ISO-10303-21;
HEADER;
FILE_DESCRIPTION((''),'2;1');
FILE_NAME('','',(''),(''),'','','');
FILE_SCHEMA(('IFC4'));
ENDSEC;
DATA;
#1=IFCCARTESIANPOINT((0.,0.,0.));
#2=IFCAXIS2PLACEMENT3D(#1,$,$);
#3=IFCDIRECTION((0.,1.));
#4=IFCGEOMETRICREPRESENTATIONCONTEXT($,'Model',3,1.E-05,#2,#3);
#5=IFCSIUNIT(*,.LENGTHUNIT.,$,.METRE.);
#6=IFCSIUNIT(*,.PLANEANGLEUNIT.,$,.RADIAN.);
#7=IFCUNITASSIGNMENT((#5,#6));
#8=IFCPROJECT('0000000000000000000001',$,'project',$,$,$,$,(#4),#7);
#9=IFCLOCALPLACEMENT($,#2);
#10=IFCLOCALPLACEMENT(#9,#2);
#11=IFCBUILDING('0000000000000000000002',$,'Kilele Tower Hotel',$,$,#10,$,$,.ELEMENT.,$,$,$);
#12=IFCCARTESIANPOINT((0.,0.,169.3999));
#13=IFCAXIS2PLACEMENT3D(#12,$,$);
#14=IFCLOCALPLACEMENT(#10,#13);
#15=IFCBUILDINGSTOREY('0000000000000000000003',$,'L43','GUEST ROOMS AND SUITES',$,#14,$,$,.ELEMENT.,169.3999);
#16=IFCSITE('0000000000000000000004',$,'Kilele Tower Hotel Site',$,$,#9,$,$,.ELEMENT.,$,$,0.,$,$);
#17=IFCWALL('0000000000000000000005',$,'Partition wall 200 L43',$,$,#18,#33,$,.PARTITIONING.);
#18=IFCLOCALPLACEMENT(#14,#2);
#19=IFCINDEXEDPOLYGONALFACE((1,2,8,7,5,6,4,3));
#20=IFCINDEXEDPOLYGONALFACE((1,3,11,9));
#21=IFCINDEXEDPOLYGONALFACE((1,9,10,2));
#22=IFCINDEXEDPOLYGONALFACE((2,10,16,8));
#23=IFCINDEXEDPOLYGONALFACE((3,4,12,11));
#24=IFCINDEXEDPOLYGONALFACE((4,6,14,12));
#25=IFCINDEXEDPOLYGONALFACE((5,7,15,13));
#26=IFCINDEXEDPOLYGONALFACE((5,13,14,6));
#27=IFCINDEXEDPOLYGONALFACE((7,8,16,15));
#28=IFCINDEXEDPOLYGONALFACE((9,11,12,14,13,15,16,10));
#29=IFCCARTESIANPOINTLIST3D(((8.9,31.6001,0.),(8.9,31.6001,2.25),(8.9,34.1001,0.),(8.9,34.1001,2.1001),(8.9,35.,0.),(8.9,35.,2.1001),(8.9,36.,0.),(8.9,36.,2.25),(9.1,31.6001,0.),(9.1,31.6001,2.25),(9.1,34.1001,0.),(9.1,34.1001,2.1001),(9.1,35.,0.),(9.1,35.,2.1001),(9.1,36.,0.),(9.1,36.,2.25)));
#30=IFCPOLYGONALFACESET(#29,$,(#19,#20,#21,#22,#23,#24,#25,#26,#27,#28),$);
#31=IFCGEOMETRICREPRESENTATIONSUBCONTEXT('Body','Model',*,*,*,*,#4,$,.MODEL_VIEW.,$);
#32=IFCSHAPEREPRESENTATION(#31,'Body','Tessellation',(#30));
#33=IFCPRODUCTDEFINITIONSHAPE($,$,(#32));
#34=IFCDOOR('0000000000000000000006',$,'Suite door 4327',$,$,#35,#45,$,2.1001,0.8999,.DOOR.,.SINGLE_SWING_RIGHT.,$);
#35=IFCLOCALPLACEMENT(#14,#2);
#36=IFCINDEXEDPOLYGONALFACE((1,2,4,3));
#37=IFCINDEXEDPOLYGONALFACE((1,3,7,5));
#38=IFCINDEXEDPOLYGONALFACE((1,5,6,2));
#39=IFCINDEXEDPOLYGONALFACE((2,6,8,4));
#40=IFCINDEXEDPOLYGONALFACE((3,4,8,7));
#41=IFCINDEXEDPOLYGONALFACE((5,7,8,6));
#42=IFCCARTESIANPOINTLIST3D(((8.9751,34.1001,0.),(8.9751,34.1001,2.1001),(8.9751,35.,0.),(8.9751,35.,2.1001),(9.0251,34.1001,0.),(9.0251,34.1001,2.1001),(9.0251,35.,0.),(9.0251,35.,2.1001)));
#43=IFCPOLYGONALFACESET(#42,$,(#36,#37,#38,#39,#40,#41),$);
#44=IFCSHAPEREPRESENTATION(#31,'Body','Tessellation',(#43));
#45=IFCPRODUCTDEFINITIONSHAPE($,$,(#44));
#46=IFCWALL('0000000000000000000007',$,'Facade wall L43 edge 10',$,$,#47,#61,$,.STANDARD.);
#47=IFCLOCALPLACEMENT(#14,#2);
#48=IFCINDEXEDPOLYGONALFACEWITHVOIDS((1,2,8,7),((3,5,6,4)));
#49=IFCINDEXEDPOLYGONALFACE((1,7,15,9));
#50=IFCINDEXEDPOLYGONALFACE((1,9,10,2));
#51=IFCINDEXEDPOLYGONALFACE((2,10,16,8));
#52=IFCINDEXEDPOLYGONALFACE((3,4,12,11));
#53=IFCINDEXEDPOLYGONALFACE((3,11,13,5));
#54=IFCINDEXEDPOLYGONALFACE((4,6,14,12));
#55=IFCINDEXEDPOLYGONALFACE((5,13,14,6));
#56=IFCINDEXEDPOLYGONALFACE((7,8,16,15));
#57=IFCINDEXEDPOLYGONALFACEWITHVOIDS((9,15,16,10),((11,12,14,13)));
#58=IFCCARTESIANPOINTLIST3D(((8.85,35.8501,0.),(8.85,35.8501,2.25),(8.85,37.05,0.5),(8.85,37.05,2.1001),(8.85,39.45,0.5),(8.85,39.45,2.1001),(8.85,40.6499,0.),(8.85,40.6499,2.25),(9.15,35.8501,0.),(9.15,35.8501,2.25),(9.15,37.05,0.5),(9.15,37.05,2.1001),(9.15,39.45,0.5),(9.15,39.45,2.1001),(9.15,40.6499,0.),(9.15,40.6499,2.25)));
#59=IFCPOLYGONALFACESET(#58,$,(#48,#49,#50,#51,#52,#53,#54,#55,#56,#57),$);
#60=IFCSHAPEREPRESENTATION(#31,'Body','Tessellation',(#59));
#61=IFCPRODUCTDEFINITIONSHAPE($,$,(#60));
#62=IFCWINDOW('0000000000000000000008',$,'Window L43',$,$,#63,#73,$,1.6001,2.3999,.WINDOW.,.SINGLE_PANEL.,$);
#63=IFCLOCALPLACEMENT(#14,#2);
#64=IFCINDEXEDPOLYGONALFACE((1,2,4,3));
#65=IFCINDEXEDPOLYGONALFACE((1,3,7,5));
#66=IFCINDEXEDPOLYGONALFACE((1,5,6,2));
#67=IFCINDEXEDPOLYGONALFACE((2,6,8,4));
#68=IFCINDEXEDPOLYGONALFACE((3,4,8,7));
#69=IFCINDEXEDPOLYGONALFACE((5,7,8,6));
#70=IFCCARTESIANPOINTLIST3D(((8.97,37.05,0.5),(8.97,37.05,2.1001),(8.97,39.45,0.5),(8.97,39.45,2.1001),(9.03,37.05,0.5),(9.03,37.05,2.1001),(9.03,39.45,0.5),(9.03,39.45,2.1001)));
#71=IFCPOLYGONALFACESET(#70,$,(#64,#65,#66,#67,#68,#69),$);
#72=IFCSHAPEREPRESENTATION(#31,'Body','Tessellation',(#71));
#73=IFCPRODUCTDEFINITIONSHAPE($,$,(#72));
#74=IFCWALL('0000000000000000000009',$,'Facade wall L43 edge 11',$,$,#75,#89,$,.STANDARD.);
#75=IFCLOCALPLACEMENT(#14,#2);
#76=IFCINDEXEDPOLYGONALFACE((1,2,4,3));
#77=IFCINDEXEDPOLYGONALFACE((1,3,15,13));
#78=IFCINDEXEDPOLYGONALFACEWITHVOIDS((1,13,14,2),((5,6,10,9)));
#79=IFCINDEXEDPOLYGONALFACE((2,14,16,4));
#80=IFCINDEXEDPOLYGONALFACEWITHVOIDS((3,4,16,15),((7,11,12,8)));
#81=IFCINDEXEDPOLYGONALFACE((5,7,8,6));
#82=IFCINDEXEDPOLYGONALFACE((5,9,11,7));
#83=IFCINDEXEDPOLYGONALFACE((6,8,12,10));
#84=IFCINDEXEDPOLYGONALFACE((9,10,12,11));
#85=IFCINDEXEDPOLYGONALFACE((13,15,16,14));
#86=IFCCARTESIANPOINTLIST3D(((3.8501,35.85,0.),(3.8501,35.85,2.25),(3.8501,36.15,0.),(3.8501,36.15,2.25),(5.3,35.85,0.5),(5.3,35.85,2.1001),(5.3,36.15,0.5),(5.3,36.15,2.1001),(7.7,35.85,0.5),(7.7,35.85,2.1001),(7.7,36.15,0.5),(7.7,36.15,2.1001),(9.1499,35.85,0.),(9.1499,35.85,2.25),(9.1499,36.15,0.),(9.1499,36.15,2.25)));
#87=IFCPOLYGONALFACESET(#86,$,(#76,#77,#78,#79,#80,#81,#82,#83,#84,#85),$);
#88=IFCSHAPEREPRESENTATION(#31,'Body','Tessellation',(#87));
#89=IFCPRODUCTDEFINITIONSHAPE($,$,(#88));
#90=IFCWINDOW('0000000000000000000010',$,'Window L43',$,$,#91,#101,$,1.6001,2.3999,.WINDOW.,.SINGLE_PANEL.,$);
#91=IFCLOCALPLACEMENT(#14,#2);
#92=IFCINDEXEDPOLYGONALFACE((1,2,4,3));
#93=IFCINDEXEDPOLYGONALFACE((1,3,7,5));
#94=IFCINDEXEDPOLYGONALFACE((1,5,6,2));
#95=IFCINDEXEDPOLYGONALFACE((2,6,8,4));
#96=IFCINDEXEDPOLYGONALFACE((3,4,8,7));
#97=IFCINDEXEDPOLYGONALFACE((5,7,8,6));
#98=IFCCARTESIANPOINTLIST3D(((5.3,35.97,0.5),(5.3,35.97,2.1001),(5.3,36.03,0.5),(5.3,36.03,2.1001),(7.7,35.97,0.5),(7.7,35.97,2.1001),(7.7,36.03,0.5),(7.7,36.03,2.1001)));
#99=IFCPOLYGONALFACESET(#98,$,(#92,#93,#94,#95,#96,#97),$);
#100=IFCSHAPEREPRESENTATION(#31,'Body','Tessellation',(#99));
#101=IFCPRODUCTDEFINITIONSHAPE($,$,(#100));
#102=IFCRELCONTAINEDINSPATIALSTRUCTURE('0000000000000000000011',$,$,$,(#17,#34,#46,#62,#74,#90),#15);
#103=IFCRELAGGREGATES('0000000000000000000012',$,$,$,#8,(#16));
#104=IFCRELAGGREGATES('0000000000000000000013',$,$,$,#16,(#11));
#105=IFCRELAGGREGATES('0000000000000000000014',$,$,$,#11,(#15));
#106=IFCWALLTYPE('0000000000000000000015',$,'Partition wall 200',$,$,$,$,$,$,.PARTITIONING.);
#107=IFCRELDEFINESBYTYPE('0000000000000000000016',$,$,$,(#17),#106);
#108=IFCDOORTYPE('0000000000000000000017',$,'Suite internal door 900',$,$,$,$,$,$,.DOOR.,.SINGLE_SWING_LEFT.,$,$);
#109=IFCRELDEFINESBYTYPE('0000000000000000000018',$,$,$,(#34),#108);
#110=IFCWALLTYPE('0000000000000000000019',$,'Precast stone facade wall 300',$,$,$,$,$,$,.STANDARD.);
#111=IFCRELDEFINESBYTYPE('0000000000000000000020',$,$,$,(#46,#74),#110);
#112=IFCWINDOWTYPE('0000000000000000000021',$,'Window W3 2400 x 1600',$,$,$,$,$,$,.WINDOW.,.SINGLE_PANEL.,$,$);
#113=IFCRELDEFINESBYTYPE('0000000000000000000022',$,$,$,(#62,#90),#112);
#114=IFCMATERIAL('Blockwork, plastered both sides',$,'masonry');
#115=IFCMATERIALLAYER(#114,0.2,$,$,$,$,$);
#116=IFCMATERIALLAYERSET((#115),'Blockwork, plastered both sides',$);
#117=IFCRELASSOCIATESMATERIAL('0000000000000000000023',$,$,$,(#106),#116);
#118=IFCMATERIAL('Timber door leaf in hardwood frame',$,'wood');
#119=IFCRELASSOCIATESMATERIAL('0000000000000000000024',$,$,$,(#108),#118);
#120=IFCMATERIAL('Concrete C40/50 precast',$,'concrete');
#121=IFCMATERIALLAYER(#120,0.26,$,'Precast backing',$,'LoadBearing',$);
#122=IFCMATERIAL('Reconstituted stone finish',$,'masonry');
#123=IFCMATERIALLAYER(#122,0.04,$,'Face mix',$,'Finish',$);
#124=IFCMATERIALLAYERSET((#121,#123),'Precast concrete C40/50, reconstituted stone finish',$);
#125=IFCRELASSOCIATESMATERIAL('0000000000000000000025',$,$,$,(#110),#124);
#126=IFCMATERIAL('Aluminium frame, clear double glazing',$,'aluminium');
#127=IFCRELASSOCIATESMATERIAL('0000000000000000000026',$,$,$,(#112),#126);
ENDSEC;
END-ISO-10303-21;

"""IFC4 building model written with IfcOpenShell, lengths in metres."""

from ifc_helpers import new_model, si_unit, direction, frame, frame_2d, origin, place, context, subcontext, project, spatial, rectangle, extrude, material, layer, layer_set, type_object, element, fill, save


model = new_model("IFC4")

# Units and contexts
model_context = context("Model", 3, precision=1e-05, world=origin(), true_north=direction((0.0, 1.0)))
body_context = subcontext(model_context, "Body", "Model", "MODEL_VIEW")
ifc_project = project(units=[si_unit("LENGTHUNIT", "METRE"), si_unit("PLANEANGLEUNIT", "RADIAN")], contexts=[model_context])

# Site, building, storey
site_placement = place(None, origin())
site = spatial("IfcSite", under=ifc_project, at=site_placement, Name="Kilele Tower Hotel Site", CompositionType="ELEMENT", RefElevation=0.0)
building_placement = place(site_placement, origin())
building = spatial("IfcBuilding", under=site, at=building_placement, Name="Kilele Tower Hotel", CompositionType="ELEMENT")
storey_placement = place(building_placement, frame((0.0, 0.0, 169.3999)))
storey = spatial("IfcBuildingStorey", under=building, at=storey_placement, Name="L43", Description="GUEST ROOMS AND SUITES", CompositionType="ELEMENT", Elevation=169.3999)

# Wall, opening, door
ifc_material_1 = material(Name="Blockwork, plastered both sides", Category="masonry")
ifc_layer_1 = layer(ifc_material_1, 0.2)
ifc_layer_set_1 = layer_set([ifc_layer_1], Name="Blockwork, plastered both sides")
wall_type_1 = type_object("IfcWallType", Name="Partition wall 200", PredefinedType="PARTITIONING", material=ifc_layer_set_1)
wall_1_placement = place(storey_placement, frame((9.0, 31.6001, 0.0), z_axis=(0.0, 0.0, 1.0), x_axis=(0.0, 1.0, 0.0)))
wall_1 = element("IfcWall", 1, at=wall_1_placement, inside=storey, type_object=wall_type_1, Name="Partition wall 200 L43", PredefinedType="PARTITIONING", context=body_context, shape_type="SweptSolid", body=[
    extrude(rectangle(XDim=4.3999, YDim=0.2, at=frame_2d((2.2, 0.0))), origin(), (0.0, 0.0, 1.0), 2.25),
])
opening_1_placement = place(wall_1_placement, frame((2.5, 0.0, 0.0)))
opening_1 = element("IfcOpeningElement", 2, at=opening_1_placement, cuts=wall_1, PredefinedType="OPENING", context=body_context, shape_type="SweptSolid", body=[
    extrude(rectangle(XDim=0.8999, YDim=2.1001, at=frame_2d((0.45, 1.05))), frame((0.0, 0.1099, 0.0), z_axis=(0.0, -1.0, 0.0), x_axis=(1.0, 0.0, 0.0)), (0.0, 0.0, 1.0), 0.22),
])
ifc_material_2 = material(Name="Timber door leaf in hardwood frame", Category="wood")
door_type_1 = type_object("IfcDoorType", Name="Suite internal door 900", OperationType="SINGLE_SWING_LEFT", PredefinedType="DOOR", material=ifc_material_2)
door_1_placement = place(opening_1_placement, origin())
door_1 = element("IfcDoor", 3, at=door_1_placement, inside=storey, type_object=door_type_1, Name="Suite door 4327", OperationType="SINGLE_SWING_RIGHT", OverallHeight=2.1001, OverallWidth=0.8999, PredefinedType="DOOR", context=body_context, shape_type="SweptSolid", body=[
    extrude(rectangle(XDim=0.8999, YDim=2.1001, at=frame_2d((0.45, 1.05))), frame((0.0, 0.0249, 0.0), z_axis=(0.0, -1.0, 0.0), x_axis=(1.0, 0.0, 0.0)), (0.0, 0.0, 1.0), 0.05),
])
fill(opening_1, door_1)

# Walls, openings, windows
ifc_material_3 = material(Name="Concrete C40/50 precast", Category="concrete")
ifc_layer_2 = layer(ifc_material_3, 0.26, Name="Precast backing", Category="LoadBearing")
ifc_material_4 = material(Name="Reconstituted stone finish", Category="masonry")
ifc_layer_3 = layer(ifc_material_4, 0.04, Name="Face mix", Category="Finish")
ifc_layer_set_2 = layer_set([ifc_layer_2, ifc_layer_3], Name="Precast concrete C40/50, reconstituted stone finish")
wall_type_2 = type_object("IfcWallType", Name="Precast stone facade wall 300", PredefinedType="STANDARD", material=ifc_layer_set_2)
wall_2_placement = place(storey_placement, frame((9.0, 40.6499, 0.0), z_axis=(0.0, 0.0, 1.0), x_axis=(0.0, -1.0, 0.0)))
wall_2 = element("IfcWall", 4, at=wall_2_placement, inside=storey, type_object=wall_type_2, Name="Facade wall L43 edge 10", PredefinedType="STANDARD", context=body_context, shape_type="SweptSolid", body=[
    extrude(rectangle(XDim=4.7998, YDim=0.3, at=frame_2d((2.3999, 0.0))), origin(), (0.0, 0.0, 1.0), 2.25),
])
opening_2_placement = place(wall_2_placement, frame((1.2, 0.0, 0.5)))
opening_2 = element("IfcOpeningElement", 5, at=opening_2_placement, cuts=wall_2, PredefinedType="OPENING", context=body_context, shape_type="SweptSolid", body=[
    extrude(rectangle(XDim=2.3999, YDim=1.6001, at=frame_2d((1.2, 0.8))), frame((0.0, 0.1599, 0.0), z_axis=(0.0, -1.0, 0.0), x_axis=(1.0, 0.0, 0.0)), (0.0, 0.0, 1.0), 0.3201),
])
ifc_material_5 = material(Name="Aluminium frame, clear double glazing", Category="aluminium")
window_type_1 = type_object("IfcWindowType", Name="Window W3 2400 x 1600", PartitioningType="SINGLE_PANEL", PredefinedType="WINDOW", material=ifc_material_5)
window_1_placement = place(opening_2_placement, origin())
window_1 = element("IfcWindow", 6, at=window_1_placement, inside=storey, type_object=window_type_1, Name="Window L43", OverallHeight=1.6001, OverallWidth=2.3999, PartitioningType="SINGLE_PANEL", PredefinedType="WINDOW", context=body_context, shape_type="SweptSolid", body=[
    extrude(rectangle(XDim=2.3999, YDim=1.6001, at=frame_2d((1.2, 0.8))), frame((0.0, 0.03, 0.0), z_axis=(0.0, -1.0, 0.0), x_axis=(1.0, 0.0, 0.0)), (0.0, 0.0, 1.0), 0.0601),
])
fill(opening_2, window_1)
wall_3_placement = place(storey_placement, frame((9.1499, 36.0, 0.0), z_axis=(0.0, 0.0, 1.0), x_axis=(-1.0, 0.0, 0.0)))
wall_3 = element("IfcWall", 7, at=wall_3_placement, inside=storey, type_object=wall_type_2, Name="Facade wall L43 edge 11", PredefinedType="STANDARD", context=body_context, shape_type="SweptSolid", body=[
    extrude(rectangle(XDim=5.2998, YDim=0.3, at=frame_2d((2.6499, 0.0))), origin(), (0.0, 0.0, 1.0), 2.25),
])
opening_3_placement = place(wall_3_placement, frame((1.45, 0.0, 0.5)))
opening_3 = element("IfcOpeningElement", 8, at=opening_3_placement, cuts=wall_3, PredefinedType="OPENING", context=body_context, shape_type="SweptSolid", body=[
    extrude(rectangle(XDim=2.3999, YDim=1.6001, at=frame_2d((1.2, 0.8))), frame((0.0, 0.1599, 0.0), z_axis=(0.0, -1.0, 0.0), x_axis=(1.0, 0.0, 0.0)), (0.0, 0.0, 1.0), 0.3201),
])
window_2_placement = place(opening_3_placement, origin())
window_2 = element("IfcWindow", 9, at=window_2_placement, inside=storey, type_object=window_type_1, Name="Window L43", OverallHeight=1.6001, OverallWidth=2.3999, PartitioningType="SINGLE_PANEL", PredefinedType="WINDOW", context=body_context, shape_type="SweptSolid", body=[
    extrude(rectangle(XDim=2.3999, YDim=1.6001, at=frame_2d((1.2, 0.8))), frame((0.0, 0.03, 0.0), z_axis=(0.0, -1.0, 0.0), x_axis=(1.0, 0.0, 0.0)), (0.0, 0.0, 1.0), 0.0601),
])
fill(opening_3, window_2)

save(model, "model.ifc")
